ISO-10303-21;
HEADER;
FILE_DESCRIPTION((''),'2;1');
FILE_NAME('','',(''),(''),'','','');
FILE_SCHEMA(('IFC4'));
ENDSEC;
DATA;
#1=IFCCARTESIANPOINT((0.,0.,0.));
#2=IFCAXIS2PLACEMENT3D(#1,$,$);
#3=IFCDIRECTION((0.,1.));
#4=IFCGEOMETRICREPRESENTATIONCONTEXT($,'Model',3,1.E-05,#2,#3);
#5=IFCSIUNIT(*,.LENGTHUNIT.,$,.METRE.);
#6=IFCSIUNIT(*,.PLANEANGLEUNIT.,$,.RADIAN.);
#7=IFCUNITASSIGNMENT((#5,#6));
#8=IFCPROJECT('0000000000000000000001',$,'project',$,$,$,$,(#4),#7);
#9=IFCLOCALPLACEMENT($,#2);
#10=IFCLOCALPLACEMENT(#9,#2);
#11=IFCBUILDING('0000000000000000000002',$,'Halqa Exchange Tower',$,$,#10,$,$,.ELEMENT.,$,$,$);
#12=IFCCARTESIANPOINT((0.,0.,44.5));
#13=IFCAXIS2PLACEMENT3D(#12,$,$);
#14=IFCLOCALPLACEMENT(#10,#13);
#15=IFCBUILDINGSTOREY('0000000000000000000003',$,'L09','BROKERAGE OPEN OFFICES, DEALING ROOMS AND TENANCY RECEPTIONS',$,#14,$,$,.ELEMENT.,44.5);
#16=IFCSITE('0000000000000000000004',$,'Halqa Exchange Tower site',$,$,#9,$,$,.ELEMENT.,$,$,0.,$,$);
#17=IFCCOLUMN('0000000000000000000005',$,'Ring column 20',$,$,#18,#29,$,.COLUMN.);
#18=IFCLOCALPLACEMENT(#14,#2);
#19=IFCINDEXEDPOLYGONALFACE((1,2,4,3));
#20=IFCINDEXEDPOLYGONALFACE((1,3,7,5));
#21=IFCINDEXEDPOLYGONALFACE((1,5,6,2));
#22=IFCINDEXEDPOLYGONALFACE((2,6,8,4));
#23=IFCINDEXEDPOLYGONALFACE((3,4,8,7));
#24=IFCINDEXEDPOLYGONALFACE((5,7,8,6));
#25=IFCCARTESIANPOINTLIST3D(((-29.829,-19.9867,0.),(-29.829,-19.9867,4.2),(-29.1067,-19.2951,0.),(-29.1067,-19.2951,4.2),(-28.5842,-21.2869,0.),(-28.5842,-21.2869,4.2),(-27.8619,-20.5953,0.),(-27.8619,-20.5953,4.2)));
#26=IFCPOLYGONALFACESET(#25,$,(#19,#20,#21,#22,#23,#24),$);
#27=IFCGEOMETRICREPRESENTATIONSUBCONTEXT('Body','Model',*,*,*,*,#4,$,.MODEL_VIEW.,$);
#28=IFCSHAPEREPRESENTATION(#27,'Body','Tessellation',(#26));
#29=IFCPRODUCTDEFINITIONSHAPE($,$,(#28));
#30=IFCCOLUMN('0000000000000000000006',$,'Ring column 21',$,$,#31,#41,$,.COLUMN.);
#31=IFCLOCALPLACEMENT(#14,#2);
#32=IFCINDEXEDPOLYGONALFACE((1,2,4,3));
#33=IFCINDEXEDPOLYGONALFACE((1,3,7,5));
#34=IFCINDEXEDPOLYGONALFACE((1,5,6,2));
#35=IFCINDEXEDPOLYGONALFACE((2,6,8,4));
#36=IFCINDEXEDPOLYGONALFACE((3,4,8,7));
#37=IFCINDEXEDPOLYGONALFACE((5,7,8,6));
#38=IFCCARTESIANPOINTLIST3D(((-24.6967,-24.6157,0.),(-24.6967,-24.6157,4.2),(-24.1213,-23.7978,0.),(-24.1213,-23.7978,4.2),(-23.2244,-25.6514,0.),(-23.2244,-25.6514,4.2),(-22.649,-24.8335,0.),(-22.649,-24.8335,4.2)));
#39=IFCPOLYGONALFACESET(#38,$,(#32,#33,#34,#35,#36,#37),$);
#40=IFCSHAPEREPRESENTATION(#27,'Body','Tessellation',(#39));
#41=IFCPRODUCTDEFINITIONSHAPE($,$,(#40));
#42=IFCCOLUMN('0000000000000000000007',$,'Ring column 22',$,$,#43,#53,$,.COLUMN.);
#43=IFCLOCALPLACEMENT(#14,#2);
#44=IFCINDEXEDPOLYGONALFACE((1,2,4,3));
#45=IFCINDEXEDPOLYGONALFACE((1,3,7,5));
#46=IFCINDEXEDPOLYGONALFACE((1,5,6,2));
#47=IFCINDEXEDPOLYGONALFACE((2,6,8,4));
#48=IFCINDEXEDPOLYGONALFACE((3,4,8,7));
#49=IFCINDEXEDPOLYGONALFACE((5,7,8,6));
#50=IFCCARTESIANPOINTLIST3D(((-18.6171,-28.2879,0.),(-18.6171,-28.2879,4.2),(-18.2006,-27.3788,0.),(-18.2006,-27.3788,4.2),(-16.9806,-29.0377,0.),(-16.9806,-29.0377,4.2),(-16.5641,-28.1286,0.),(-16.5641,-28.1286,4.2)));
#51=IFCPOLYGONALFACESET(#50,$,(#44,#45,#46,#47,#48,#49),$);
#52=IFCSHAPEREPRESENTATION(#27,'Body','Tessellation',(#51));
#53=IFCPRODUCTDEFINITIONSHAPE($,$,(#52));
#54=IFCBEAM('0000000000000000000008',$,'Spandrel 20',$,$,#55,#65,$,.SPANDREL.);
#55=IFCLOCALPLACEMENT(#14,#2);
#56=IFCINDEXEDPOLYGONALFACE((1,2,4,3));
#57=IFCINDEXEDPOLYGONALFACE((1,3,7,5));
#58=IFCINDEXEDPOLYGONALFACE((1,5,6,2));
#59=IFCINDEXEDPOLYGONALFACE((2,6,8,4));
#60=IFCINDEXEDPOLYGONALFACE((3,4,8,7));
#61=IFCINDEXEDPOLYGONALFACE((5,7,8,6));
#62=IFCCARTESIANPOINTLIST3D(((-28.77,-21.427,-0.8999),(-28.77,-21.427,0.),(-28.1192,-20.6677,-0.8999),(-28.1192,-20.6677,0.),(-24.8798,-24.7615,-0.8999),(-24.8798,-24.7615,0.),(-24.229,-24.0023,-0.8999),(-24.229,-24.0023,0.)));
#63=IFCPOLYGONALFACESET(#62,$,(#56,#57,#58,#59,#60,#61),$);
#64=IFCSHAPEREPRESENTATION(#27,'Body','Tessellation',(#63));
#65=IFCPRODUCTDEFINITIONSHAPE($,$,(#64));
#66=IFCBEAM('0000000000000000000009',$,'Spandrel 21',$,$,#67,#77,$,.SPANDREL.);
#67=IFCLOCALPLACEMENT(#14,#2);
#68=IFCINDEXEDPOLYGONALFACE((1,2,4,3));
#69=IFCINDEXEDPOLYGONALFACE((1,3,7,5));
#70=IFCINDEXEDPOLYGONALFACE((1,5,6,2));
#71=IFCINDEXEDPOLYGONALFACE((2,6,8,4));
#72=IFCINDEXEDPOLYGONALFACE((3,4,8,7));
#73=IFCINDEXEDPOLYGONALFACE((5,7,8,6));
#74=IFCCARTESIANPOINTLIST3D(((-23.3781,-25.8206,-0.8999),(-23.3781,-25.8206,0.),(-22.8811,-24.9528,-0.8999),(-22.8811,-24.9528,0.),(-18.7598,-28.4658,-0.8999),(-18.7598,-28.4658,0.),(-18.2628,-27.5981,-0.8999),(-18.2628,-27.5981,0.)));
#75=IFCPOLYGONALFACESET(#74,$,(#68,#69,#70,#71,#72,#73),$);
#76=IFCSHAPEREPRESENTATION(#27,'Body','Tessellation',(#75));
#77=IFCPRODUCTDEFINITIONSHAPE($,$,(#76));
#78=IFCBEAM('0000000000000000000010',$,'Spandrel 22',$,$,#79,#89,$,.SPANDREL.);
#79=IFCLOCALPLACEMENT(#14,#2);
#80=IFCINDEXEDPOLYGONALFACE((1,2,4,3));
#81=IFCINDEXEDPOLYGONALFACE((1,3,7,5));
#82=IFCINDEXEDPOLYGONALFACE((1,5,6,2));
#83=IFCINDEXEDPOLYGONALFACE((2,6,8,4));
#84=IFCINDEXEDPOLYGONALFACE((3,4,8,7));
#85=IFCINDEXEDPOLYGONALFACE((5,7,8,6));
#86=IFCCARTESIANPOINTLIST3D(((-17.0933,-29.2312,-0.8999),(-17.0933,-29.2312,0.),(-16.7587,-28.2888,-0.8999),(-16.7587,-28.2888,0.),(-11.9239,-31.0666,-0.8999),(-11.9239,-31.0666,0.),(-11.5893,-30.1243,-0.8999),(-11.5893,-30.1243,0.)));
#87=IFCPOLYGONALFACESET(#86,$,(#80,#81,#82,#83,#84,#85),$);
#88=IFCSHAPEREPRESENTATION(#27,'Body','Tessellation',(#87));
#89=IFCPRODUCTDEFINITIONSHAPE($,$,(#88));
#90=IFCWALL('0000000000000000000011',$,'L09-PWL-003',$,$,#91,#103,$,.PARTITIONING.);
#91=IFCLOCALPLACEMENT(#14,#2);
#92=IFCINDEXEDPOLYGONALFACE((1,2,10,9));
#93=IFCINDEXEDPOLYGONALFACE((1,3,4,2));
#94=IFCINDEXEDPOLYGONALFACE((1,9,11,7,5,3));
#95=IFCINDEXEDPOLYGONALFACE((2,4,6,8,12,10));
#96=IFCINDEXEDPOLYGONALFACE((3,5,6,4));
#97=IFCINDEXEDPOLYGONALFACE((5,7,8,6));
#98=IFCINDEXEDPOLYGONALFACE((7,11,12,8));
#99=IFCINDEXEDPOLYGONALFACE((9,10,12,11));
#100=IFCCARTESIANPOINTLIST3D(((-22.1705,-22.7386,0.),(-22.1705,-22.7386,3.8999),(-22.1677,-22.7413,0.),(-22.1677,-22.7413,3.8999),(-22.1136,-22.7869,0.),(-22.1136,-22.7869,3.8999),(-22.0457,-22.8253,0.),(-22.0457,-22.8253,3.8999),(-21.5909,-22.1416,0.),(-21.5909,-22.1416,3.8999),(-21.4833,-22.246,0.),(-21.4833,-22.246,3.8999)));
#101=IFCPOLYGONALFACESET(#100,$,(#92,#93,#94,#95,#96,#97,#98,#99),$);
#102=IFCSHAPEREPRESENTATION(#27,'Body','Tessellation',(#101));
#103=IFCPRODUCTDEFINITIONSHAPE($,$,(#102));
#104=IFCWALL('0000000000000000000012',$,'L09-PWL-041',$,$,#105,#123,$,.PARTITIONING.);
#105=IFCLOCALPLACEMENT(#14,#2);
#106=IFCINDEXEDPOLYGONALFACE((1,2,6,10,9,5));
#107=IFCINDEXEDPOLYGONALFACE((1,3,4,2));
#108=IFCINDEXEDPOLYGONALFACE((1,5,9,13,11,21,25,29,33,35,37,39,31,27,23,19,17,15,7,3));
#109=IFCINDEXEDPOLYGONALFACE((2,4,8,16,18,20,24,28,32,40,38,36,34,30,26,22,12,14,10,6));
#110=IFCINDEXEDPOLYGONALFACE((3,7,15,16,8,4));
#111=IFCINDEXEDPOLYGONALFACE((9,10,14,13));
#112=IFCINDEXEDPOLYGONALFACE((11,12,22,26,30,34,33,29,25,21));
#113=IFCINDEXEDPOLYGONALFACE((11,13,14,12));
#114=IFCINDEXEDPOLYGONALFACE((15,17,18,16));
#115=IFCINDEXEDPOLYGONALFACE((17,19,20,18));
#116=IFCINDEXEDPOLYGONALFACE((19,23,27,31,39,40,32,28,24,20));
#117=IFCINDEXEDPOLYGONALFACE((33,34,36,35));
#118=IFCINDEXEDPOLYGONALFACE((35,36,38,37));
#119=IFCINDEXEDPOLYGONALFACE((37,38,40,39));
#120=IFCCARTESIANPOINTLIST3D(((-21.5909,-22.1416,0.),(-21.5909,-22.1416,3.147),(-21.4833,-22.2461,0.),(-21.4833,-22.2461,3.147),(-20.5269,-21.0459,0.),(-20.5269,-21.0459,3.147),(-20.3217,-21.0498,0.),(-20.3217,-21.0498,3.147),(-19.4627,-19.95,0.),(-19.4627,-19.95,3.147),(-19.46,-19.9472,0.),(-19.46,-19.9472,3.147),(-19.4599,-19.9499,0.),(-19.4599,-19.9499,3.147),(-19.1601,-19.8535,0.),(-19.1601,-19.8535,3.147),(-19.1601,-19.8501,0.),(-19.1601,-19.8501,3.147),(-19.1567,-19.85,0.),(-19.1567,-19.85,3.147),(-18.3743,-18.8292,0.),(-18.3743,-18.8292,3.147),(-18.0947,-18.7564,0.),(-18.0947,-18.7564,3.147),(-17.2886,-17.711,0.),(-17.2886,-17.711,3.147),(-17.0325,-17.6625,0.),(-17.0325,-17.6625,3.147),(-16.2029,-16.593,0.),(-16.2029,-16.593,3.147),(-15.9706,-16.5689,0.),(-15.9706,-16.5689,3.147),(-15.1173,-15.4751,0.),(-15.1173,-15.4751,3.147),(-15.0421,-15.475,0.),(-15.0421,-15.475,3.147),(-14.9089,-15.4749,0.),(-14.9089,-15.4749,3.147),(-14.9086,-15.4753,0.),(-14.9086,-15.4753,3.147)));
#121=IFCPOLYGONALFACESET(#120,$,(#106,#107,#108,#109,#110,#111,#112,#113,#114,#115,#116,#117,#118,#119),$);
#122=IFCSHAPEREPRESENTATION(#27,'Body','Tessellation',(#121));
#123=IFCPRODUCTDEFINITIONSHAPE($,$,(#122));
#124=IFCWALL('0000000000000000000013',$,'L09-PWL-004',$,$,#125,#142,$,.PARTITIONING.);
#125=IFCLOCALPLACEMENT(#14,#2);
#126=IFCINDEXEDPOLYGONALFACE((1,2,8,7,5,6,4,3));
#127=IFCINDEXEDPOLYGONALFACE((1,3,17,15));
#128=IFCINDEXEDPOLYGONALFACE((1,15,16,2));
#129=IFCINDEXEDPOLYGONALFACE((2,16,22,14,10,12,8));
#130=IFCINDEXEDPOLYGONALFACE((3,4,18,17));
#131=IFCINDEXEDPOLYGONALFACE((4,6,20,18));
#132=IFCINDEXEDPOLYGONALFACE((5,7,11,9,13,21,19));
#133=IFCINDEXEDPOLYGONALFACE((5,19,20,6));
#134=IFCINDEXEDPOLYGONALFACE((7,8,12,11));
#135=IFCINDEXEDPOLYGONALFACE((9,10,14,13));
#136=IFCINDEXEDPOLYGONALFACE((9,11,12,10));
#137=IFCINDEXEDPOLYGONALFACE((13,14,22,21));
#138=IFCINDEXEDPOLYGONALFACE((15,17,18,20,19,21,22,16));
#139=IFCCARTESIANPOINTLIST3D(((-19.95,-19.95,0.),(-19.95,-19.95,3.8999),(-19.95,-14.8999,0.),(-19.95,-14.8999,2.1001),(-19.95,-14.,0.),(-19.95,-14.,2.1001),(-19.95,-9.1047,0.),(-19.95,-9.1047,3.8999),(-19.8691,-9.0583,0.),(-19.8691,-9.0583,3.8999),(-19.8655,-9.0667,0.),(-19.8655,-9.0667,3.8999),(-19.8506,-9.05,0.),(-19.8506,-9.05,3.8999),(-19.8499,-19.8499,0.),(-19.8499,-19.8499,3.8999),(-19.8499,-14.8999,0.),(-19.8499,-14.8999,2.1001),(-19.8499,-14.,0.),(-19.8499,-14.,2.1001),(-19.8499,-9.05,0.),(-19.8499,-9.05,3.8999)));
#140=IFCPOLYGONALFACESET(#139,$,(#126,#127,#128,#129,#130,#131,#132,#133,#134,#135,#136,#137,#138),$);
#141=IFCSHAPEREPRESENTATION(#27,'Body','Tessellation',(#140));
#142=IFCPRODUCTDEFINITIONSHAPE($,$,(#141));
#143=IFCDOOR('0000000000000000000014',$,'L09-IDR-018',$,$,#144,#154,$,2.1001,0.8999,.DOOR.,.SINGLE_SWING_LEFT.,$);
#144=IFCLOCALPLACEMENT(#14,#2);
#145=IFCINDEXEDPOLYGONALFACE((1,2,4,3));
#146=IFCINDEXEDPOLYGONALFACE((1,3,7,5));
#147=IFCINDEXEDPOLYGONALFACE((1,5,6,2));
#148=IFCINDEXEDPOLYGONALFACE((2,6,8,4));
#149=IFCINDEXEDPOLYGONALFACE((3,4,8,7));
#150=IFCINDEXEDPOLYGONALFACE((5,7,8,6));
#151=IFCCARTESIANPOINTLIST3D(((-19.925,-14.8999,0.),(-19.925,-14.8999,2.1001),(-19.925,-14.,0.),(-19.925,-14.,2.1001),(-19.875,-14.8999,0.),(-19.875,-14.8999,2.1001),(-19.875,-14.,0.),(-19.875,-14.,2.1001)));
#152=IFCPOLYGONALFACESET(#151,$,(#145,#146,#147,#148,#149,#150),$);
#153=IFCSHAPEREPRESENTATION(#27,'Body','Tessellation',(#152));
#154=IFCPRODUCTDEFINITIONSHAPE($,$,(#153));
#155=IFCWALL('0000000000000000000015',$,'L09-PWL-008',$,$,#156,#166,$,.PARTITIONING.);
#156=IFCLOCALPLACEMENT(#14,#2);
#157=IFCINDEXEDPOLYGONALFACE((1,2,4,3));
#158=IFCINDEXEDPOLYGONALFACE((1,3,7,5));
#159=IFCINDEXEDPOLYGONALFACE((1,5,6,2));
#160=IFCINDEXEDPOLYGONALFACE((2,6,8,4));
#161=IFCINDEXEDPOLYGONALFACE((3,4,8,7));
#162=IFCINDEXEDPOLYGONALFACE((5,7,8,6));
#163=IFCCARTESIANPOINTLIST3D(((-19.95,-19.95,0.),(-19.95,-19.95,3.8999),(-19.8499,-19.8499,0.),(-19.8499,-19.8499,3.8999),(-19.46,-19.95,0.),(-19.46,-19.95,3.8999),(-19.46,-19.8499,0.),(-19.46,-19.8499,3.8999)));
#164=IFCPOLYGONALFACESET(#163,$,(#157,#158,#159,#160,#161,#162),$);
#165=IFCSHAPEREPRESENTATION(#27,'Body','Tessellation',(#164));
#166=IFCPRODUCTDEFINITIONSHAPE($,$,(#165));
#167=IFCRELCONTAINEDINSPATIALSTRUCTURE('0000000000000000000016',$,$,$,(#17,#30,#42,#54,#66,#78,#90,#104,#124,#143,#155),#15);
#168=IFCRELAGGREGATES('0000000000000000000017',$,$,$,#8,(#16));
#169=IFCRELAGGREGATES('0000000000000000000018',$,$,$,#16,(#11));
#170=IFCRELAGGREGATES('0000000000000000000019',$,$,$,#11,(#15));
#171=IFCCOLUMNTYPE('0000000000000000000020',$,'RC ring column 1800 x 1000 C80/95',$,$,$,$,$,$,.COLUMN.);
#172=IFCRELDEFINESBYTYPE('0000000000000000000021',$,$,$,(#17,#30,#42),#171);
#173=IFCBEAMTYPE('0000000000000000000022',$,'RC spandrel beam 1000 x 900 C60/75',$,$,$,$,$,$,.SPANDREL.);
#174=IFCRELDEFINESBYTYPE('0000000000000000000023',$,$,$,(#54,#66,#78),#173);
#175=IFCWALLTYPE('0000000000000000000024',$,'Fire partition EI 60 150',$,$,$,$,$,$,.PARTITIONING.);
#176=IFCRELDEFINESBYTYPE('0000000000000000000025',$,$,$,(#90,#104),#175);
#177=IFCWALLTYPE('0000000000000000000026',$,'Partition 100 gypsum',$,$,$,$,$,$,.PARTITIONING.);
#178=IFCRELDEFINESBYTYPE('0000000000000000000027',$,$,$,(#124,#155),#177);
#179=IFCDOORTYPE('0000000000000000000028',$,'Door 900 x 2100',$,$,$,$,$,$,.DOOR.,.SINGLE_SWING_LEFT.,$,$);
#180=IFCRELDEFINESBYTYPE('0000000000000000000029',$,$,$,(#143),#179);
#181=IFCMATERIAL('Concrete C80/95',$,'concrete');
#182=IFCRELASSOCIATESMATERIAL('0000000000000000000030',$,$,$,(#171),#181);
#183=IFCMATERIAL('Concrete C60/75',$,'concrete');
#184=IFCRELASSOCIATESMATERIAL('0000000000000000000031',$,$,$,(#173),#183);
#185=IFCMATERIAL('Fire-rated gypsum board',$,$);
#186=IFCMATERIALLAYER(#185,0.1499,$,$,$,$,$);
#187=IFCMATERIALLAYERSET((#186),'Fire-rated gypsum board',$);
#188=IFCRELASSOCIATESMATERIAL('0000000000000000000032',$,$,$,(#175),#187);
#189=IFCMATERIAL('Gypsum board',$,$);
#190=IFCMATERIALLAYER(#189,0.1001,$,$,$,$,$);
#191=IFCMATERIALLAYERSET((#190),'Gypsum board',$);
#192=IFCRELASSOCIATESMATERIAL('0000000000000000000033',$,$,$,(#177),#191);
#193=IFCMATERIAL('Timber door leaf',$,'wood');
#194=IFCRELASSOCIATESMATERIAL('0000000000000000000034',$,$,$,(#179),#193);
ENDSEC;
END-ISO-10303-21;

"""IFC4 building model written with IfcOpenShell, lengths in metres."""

from ifc_helpers import new_model, si_unit, direction, frame, frame_2d, origin, origin_2d, place, context, subcontext, project, spatial, polyline, rectangle, outline, extrude, material, layer, layer_set, material_profile, profile_set, type_object, element, fill, save


model = new_model("IFC4")

# Units and contexts
model_context = context("Model", 3, precision=1e-05, world=origin(), true_north=direction((0.0, 1.0)))
body_context = subcontext(model_context, "Body", "Model", "MODEL_VIEW")
ifc_project = project(units=[si_unit("LENGTHUNIT", "METRE"), si_unit("PLANEANGLEUNIT", "RADIAN")], contexts=[model_context])

# Site, building, storey
site_placement = place(None, origin())
site = spatial("IfcSite", under=ifc_project, at=site_placement, Name="Halqa Exchange Tower site", CompositionType="ELEMENT", RefElevation=0.0)
building_placement = place(site_placement, origin())
building = spatial("IfcBuilding", under=site, at=building_placement, Name="Halqa Exchange Tower", CompositionType="ELEMENT")
storey_placement = place(building_placement, frame((0.0, 0.0, 44.5)))
storey = spatial("IfcBuildingStorey", under=building, at=storey_placement, Name="L09", Description="BROKERAGE OPEN OFFICES, DEALING ROOMS AND TENANCY RECEPTIONS", CompositionType="ELEMENT", Elevation=44.5)

# Columns
ifc_material_1 = material(Name="Concrete C80/95", Category="concrete")
ifc_material_profile_1 = material_profile(ifc_material_1, rectangle(XDim=1.8, YDim=1.0, at=origin_2d()), Name="1800 x 1000")
ifc_profile_set_1 = profile_set([ifc_material_profile_1], Name="Concrete C80/95")
column_type = type_object("IfcColumnType", Name="RC ring column 1800 x 1000 C80/95", PredefinedType="COLUMN", material=ifc_profile_set_1)
for number, where, z_axis, x_axis, name in (
    (1, (-28.8455, -20.291, 0.0), (0.0, 0.0, 1.0), (0.691576, -0.722304, 0.0), "Ring column 20"),
    (2, (-23.6729, -24.7246, 0.0), (0.0, 0.0, 1.0), (0.817909, -0.575348, 0.0), "Ring column 21"),
    (3, (-17.5906, -28.2083, 0.0), (0.0, 0.0, 1.0), (0.909127, -0.416519, 0.0), "Ring column 22"),
):
    element("IfcColumn", number, at=place(storey_placement, frame(where, z_axis=z_axis, x_axis=x_axis)), inside=storey, type_object=column_type, Name=name, PredefinedType="COLUMN", context=body_context, shape_type="SweptSolid", body=[
        extrude(rectangle(XDim=1.8, YDim=1.0, at=origin_2d()), origin(), (0.0, 0.0, 1.0), 4.2),
    ])

# Beams
ifc_material_2 = material(Name="Concrete C60/75", Category="concrete")
ifc_material_profile_2 = material_profile(ifc_material_2, rectangle(XDim=1.0, YDim=0.8999, at=origin_2d()), Name="1000 x 900")
ifc_profile_set_2 = profile_set([ifc_material_profile_2], Name="Concrete C60/75")
beam_type = type_object("IfcBeamType", Name="RC spandrel beam 1000 x 900 C60/75", PredefinedType="SPANDREL", material=ifc_profile_set_2)
beam_1_placement = place(storey_placement, frame((-28.4446, -21.0474, -0.45), z_axis=(0.75925, -0.650799, 0.0), x_axis=(0.650799, 0.75925, 0.0)))
element("IfcBeam", 4, at=beam_1_placement, inside=storey, type_object=beam_type, Name="Spandrel 20", PredefinedType="SPANDREL", context=body_context, shape_type="SweptSolid", body=[
    extrude(rectangle(XDim=1.0, YDim=0.8999, at=origin_2d()), origin(), (0.0, 0.0, 1.0), 5.1238),
])
beam_2_placement = place(storey_placement, frame((-23.1296, -25.3867, -0.45), z_axis=(0.867743, -0.497013, 0.0), x_axis=(0.497013, 0.867743, 0.0)))
element("IfcBeam", 5, at=beam_2_placement, inside=storey, type_object=beam_type, Name="Spandrel 21", PredefinedType="SPANDREL", context=body_context, shape_type="SweptSolid", body=[
    extrude(rectangle(XDim=1.0, YDim=0.8999, at=origin_2d()), origin(), (0.0, 0.0, 1.0), 5.3223),
])
beam_3_placement = place(storey_placement, frame((-16.926, -28.76, -0.45), z_axis=(0.942363, -0.334593, 0.0), x_axis=(0.334593, 0.942363, 0.0)))
element("IfcBeam", 6, at=beam_3_placement, inside=storey, type_object=beam_type, Name="Spandrel 22", PredefinedType="SPANDREL", context=body_context, shape_type="SweptSolid", body=[
    extrude(rectangle(XDim=1.0, YDim=0.8999, at=origin_2d()), origin(), (0.0, 0.0, 1.0), 5.4856),
])

# Walls
ifc_material_3 = material(Name="Fire-rated gypsum board")
ifc_layer_1 = layer(ifc_material_3, 0.1499)
ifc_layer_set_1 = layer_set([ifc_layer_1], Name="Fire-rated gypsum board")
wall_type_1 = type_object("IfcWallType", Name="Fire partition EI 60 150", PredefinedType="PARTITIONING", material=ifc_layer_set_1)
wall_1_placement = place(storey_placement, frame((-22.1167, -22.7908, 0.0), z_axis=(0.0, 0.0, 1.0), x_axis=(0.696613, 0.717447, 0.0)))
element("IfcWall", 7, at=wall_1_placement, inside=storey, type_object=wall_type_1, Name="L09-PWL-003", PredefinedType="PARTITIONING", context=body_context, shape_type="SweptSolid", body=[
    extrude(outline(polyline([(0.0, 0.075), (0.0, 0.071), (0.0049, 0.0005), (0.0247, -0.075), (0.832, -0.075), (0.832, 0.075), (0.0, 0.075)])), origin(), (0.0, 0.0, 1.0), 3.8999),
])
wall_2_placement = place(storey_placement, frame((-21.5371, -22.1938, 0.0), z_axis=(0.0, 0.0, 1.0), x_axis=(0.696644, 0.717417, 0.0)))
element("IfcWall", 8, at=wall_2_placement, inside=storey, type_object=wall_type_1, Name="L09-PWL-041", PredefinedType="PARTITIONING", context=body_context, shape_type="SweptSolid", body=[
    extrude(outline(polyline([(0.0, -0.075), (1.6675, -0.075), (3.335, -0.075), (3.3374, -0.0725), (3.3398, -0.075), (4.8643, -0.075), (6.3889, -0.075), (7.9133, -0.075), (9.4377, -0.075), (9.4377, -0.0745), (9.345, 0.021), (9.345, 0.021), (9.2925, 0.075), (7.7341, 0.075), (6.1758, 0.075), (4.6172, 0.075), (3.0588, 0.075), (3.0569, 0.073), (3.0549, 0.075), (1.5273, 0.075), (0.0, 0.075), (0.0, -0.075)])), origin(), (0.0, 0.0, 1.0), 3.147),
])

# Wall, opening, door
ifc_material_4 = material(Name="Gypsum board")
ifc_layer_2 = layer(ifc_material_4, 0.1001)
ifc_layer_set_2 = layer_set([ifc_layer_2], Name="Gypsum board")
wall_type_2 = type_object("IfcWallType", Name="Partition 100 gypsum", PredefinedType="PARTITIONING", material=ifc_layer_set_2)
wall_3_placement = place(storey_placement, frame((-19.8999, -19.95, 0.0), z_axis=(0.0, 0.0, 1.0), x_axis=(0.0, 1.0, 0.0)))
wall_3 = element("IfcWall", 9, at=wall_3_placement, inside=storey, type_object=wall_type_2, Name="L09-PWL-004", PredefinedType="PARTITIONING", context=body_context, shape_type="SweptSolid", body=[
    extrude(outline(polyline([(10.8999, -0.05), (10.8999, -0.0493), (10.8916, -0.0308), (10.8833, -0.0344), (10.8452, 0.05), (9.0376, 0.05), (7.23, 0.05), (5.4226, 0.05), (3.615, 0.05), (1.8076, 0.05), (0.0, 0.05), (0.0999, -0.0498), (0.1001, -0.05), (1.9001, -0.05), (3.7, -0.05), (5.5, -0.05), (7.3, -0.05), (9.0999, -0.05), (10.8999, -0.05)])), origin(), (0.0, 0.0, 1.0), 3.8999),
])
opening_1_placement = place(wall_3_placement, frame((5.05, 0.0, 0.0)))
opening_1 = element("IfcOpeningElement", 10, at=opening_1_placement, cuts=wall_3, PredefinedType="OPENING", context=body_context, shape_type="SweptSolid", body=[
    extrude(rectangle(XDim=0.8999, YDim=2.1001, at=frame_2d((0.45, 1.05))), frame((0.0, 0.062, 0.0), z_axis=(0.0, -1.0, 0.0), x_axis=(1.0, 0.0, 0.0)), (0.0, 0.0, 1.0), 0.124),
])
ifc_material_5 = material(Name="Timber door leaf", Category="wood")
door_type_1 = type_object("IfcDoorType", Name="Door 900 x 2100", OperationType="SINGLE_SWING_LEFT", PredefinedType="DOOR", material=ifc_material_5)
door_1_placement = place(opening_1_placement, frame((0.8999, 0.0, 0.0), z_axis=(0.0, 0.0, 1.0), x_axis=(-1.0, 0.0, 0.0)))
door_1 = element("IfcDoor", 11, at=door_1_placement, inside=storey, type_object=door_type_1, Name="L09-IDR-018", OperationType="SINGLE_SWING_LEFT", OverallHeight=2.1001, OverallWidth=0.8999, PredefinedType="DOOR", context=body_context, shape_type="SweptSolid", body=[
    extrude(rectangle(XDim=0.8999, YDim=2.1001, at=frame_2d((0.45, 1.05))), frame((0.0, 0.0249, 0.0), z_axis=(0.0, -1.0, 0.0), x_axis=(1.0, 0.0, 0.0)), (0.0, 0.0, 1.0), 0.05),
])
fill(opening_1, door_1)

# Wall
wall_4_placement = place(storey_placement, frame((-19.46, -19.8999, 0.0), z_axis=(0.0, 0.0, 1.0), x_axis=(-1.0, 0.0, 0.0)))
element("IfcWall", 12, at=wall_4_placement, inside=storey, type_object=wall_type_2, Name="L09-PWL-008", PredefinedType="PARTITIONING", context=body_context, shape_type="SweptSolid", body=[
    extrude(outline(polyline([(0.0, -0.05), (0.3899, -0.05), (0.49, 0.05), (0.0, 0.05), (0.0, -0.05)])), origin(), (0.0, 0.0, 1.0), 3.8999),
])

save(model, "model.ifc")
